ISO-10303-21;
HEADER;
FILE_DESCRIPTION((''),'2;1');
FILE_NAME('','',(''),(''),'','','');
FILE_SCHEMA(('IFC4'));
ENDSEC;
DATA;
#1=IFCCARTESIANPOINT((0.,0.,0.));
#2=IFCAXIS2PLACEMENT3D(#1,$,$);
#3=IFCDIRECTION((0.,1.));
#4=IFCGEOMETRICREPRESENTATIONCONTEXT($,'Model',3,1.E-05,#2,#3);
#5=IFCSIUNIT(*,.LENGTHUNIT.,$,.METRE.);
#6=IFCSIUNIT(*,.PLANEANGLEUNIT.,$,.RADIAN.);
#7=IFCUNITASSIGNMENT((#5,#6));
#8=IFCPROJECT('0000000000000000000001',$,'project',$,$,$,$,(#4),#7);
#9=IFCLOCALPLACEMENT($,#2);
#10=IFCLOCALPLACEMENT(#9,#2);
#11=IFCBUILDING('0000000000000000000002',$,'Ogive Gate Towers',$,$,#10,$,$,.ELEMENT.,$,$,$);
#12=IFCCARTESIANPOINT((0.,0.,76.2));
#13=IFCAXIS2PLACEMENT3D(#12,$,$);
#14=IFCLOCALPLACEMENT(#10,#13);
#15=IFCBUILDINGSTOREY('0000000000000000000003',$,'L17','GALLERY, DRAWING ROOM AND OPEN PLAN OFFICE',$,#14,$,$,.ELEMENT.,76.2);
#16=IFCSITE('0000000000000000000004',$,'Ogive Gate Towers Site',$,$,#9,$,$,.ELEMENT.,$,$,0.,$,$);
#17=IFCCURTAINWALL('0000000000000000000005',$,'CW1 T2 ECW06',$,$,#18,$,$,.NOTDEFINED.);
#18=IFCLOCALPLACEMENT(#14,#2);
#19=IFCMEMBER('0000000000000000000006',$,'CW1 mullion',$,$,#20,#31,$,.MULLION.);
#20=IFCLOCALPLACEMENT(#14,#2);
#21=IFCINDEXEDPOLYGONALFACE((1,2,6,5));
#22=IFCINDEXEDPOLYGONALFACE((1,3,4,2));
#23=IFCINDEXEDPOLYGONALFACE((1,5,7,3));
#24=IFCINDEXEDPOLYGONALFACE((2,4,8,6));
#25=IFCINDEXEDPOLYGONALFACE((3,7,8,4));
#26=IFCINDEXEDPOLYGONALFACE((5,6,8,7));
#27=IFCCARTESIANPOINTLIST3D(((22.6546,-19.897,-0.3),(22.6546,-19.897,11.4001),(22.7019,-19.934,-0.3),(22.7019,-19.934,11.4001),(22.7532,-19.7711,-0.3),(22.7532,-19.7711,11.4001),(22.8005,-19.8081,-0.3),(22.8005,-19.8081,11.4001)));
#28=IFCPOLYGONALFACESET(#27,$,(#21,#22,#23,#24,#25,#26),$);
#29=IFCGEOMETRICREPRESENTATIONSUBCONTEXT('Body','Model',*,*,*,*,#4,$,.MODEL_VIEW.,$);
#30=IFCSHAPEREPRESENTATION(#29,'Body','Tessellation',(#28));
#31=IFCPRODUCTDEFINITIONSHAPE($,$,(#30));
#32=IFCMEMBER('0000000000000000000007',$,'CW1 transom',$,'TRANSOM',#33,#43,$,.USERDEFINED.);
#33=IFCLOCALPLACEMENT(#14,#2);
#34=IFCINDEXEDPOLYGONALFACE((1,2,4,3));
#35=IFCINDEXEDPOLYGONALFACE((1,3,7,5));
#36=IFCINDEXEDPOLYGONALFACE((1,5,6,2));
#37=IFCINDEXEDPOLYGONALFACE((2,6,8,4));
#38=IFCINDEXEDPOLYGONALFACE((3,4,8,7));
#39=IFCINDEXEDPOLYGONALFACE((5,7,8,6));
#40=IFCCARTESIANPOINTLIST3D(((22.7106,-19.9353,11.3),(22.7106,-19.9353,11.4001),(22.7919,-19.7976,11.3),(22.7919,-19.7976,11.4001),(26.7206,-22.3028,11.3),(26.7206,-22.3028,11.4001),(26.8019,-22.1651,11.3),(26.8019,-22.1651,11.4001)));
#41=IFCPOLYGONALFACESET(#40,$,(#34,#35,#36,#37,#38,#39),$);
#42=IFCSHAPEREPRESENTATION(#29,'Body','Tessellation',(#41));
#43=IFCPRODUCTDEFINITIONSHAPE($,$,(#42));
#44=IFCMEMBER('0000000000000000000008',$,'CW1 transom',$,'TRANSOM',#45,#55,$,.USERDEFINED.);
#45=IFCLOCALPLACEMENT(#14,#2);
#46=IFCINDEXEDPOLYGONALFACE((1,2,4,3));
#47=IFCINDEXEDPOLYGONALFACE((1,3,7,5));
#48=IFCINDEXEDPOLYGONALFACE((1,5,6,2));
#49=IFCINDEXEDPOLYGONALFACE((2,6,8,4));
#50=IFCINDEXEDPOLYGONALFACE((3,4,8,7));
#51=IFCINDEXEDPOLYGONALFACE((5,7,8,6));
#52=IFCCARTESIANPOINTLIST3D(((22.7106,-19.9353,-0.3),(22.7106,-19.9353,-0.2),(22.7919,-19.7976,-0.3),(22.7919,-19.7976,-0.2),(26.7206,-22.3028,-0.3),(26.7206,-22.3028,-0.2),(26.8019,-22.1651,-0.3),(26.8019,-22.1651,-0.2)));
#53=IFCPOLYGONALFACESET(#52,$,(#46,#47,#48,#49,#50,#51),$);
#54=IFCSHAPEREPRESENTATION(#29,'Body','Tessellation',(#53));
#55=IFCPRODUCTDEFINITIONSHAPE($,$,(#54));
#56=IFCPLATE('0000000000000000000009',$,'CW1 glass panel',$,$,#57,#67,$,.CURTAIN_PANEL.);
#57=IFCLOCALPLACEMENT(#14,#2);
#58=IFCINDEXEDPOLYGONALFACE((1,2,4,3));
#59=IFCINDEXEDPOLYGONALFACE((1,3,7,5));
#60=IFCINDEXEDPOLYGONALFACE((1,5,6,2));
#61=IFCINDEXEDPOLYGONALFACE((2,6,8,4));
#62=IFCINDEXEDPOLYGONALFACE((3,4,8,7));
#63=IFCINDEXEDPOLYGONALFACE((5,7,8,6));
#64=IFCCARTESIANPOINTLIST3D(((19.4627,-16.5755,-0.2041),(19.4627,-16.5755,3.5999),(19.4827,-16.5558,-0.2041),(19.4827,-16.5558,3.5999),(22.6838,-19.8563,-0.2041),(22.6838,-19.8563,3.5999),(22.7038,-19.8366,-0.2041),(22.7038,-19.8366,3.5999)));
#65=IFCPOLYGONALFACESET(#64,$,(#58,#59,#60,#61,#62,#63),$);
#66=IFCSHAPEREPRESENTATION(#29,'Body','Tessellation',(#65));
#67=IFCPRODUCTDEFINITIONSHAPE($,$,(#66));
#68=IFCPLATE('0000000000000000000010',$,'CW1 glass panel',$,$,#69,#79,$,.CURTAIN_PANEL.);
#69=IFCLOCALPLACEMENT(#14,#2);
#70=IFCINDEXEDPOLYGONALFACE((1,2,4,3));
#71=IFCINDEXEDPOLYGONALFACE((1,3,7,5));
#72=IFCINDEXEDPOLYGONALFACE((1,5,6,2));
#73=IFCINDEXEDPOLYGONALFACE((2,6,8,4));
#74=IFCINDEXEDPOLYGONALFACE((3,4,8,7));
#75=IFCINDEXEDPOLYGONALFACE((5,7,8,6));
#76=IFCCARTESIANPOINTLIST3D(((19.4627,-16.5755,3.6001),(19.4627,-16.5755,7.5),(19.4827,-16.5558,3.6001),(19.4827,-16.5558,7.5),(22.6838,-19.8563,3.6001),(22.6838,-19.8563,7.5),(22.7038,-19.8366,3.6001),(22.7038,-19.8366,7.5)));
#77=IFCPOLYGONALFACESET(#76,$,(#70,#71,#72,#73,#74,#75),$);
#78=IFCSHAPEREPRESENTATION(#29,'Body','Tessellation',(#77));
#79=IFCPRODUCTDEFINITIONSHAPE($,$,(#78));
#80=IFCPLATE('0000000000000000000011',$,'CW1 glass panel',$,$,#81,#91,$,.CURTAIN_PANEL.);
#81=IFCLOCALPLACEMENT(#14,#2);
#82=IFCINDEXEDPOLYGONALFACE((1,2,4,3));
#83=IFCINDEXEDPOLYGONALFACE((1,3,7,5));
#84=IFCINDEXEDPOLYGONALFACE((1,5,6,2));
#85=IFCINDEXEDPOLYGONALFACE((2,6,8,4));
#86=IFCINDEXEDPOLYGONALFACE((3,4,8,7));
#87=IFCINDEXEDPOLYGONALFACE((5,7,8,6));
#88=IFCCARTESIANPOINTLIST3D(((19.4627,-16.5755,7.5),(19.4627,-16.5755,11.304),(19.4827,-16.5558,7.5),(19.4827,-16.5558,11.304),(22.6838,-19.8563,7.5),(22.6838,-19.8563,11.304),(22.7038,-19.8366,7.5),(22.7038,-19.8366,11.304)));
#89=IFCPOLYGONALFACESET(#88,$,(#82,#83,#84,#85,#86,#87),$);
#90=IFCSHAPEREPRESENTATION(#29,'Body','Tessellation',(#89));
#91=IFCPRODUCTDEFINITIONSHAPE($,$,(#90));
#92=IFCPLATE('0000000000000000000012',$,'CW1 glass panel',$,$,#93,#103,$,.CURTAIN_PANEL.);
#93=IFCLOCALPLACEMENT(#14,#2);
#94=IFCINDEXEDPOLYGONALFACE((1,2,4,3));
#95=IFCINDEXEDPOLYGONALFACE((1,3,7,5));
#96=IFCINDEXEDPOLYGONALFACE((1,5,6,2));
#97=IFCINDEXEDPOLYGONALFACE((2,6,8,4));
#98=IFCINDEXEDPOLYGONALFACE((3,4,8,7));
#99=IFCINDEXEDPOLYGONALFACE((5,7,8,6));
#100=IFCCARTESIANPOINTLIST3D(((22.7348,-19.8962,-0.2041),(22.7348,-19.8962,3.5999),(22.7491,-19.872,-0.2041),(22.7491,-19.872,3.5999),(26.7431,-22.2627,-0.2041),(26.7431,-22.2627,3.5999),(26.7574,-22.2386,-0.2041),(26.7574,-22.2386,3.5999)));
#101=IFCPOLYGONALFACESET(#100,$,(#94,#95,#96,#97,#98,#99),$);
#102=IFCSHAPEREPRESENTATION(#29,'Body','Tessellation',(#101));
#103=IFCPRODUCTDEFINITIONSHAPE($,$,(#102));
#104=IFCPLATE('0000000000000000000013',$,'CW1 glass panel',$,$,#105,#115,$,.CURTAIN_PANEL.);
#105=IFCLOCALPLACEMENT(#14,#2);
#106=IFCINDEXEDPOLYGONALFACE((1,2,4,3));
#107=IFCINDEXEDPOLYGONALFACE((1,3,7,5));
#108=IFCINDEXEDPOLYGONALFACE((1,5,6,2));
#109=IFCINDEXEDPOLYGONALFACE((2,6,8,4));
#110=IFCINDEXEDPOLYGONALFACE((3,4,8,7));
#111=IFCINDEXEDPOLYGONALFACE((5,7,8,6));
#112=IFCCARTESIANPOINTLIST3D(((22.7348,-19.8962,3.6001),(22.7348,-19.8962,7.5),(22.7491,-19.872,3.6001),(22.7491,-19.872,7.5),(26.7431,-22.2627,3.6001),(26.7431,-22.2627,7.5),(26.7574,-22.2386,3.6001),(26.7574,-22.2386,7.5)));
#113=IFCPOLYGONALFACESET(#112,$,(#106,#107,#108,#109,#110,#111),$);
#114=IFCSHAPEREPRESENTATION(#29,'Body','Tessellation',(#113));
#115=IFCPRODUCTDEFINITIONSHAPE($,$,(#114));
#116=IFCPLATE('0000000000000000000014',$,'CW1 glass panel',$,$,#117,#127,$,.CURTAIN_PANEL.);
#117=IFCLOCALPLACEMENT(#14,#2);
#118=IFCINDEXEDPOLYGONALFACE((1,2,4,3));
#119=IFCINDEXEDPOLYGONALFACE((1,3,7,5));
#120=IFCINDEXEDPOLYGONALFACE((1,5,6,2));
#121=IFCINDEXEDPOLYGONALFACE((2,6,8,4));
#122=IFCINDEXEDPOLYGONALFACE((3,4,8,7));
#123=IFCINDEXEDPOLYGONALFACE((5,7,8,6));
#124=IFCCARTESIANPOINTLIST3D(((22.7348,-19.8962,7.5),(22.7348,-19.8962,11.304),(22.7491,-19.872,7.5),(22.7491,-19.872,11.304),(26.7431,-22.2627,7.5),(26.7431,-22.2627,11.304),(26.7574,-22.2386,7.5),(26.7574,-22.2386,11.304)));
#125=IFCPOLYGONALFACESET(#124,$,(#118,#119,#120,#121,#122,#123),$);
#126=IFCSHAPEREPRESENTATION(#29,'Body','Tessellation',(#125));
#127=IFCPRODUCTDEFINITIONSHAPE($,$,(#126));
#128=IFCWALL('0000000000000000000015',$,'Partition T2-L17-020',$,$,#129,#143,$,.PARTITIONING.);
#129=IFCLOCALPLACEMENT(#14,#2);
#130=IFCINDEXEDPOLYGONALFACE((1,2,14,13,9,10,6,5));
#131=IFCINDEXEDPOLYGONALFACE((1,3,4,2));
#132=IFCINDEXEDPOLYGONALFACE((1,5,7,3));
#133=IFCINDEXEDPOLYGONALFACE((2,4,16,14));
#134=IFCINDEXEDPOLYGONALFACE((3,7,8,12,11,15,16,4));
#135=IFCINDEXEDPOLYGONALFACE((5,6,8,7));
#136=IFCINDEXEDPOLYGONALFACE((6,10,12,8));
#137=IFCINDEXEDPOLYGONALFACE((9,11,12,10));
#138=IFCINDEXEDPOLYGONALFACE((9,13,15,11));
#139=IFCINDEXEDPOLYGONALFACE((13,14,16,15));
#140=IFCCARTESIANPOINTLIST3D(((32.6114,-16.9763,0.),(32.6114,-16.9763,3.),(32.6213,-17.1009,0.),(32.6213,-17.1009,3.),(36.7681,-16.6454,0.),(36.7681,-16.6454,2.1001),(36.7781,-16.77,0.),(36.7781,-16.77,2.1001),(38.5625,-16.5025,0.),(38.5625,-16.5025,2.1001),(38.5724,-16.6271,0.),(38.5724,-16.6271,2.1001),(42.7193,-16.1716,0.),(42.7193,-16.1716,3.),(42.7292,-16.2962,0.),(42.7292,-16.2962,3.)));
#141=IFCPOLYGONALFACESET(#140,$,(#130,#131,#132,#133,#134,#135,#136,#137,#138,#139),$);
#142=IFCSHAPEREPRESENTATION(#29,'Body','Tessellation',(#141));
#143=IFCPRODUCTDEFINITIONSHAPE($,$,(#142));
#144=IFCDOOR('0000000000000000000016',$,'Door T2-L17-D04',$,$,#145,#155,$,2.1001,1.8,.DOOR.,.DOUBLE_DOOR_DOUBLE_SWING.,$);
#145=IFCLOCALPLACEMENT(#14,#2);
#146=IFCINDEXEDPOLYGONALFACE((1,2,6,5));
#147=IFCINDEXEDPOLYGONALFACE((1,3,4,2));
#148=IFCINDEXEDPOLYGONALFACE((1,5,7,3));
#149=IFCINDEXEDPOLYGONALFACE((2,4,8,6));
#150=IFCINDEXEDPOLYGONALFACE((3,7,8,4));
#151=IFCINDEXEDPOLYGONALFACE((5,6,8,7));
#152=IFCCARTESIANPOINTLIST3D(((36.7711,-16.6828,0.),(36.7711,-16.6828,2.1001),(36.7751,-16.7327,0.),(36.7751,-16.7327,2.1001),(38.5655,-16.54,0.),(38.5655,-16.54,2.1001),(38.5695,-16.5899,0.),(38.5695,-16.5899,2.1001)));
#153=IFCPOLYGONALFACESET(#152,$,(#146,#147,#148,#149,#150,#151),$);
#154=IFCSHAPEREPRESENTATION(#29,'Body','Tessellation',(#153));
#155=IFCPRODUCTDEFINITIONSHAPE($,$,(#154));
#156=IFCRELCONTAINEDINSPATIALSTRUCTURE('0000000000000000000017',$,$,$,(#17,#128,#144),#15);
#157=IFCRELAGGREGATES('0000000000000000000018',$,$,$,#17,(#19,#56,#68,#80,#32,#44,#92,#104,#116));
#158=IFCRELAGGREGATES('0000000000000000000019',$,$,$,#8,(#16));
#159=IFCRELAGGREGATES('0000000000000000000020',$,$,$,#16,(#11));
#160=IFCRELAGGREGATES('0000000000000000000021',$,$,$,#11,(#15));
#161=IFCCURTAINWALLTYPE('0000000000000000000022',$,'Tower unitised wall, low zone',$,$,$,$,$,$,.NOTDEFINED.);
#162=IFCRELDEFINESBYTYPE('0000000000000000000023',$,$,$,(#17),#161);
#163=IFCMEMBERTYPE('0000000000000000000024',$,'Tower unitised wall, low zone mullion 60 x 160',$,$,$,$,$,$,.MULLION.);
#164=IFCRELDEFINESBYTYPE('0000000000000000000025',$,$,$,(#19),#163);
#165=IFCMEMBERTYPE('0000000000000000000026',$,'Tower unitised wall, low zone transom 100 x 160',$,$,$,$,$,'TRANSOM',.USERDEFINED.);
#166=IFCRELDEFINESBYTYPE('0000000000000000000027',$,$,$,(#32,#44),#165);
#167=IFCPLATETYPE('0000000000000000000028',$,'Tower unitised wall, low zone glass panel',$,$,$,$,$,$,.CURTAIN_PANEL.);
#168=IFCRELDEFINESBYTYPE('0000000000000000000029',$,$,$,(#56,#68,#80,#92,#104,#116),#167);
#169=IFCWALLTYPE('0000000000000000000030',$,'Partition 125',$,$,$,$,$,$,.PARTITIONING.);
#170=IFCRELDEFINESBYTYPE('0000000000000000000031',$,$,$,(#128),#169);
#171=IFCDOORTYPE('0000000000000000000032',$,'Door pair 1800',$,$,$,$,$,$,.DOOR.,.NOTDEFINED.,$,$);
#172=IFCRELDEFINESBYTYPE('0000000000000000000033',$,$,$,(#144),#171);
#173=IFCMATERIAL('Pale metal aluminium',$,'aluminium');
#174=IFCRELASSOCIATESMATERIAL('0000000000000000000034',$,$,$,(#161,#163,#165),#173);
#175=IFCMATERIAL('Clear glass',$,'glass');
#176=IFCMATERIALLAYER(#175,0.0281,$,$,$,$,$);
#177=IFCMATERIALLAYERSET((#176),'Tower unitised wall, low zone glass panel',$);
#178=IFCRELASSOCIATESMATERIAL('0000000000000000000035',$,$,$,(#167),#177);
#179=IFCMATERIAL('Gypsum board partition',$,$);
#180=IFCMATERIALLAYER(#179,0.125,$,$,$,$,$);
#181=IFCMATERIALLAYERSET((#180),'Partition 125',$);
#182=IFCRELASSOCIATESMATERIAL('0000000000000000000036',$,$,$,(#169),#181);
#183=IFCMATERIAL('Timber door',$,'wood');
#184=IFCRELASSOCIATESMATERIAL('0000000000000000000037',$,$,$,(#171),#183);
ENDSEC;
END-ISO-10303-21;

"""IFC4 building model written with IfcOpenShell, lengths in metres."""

from ifc_helpers import new_model, si_unit, direction, frame, frame_2d, origin, origin_2d, place, context, subcontext, project, spatial, rectangle, extrude, material, layer, layer_set, material_profile, profile_set, type_object, element, fill, aggregate, save


model = new_model("IFC4")

# Units and contexts
model_context = context("Model", 3, precision=1e-05, world=origin(), true_north=direction((0.0, 1.0)))
body_context = subcontext(model_context, "Body", "Model", "MODEL_VIEW")
ifc_project = project(units=[si_unit("LENGTHUNIT", "METRE"), si_unit("PLANEANGLEUNIT", "RADIAN")], contexts=[model_context])

# Site, building, storey
site_placement = place(None, origin())
site = spatial("IfcSite", under=ifc_project, at=site_placement, Name="Ogive Gate Towers Site", CompositionType="ELEMENT", RefElevation=0.0)
building_placement = place(site_placement, origin())
building = spatial("IfcBuilding", under=site, at=building_placement, Name="Ogive Gate Towers", CompositionType="ELEMENT")
storey_placement = place(building_placement, frame((0.0, 0.0, 76.2)))
storey = spatial("IfcBuildingStorey", under=building, at=storey_placement, Name="L17", Description="GALLERY, DRAWING ROOM AND OPEN PLAN OFFICE", CompositionType="ELEMENT", Elevation=76.2)

# Curtain wall, members, plates
ifc_material_1 = material(Name="Pale metal aluminium", Category="aluminium")
curtain_wall_type = type_object("IfcCurtainWallType", Name="Tower unitised wall, low zone", PredefinedType="NOTDEFINED", material=ifc_material_1)
curtain_wall_placement = place(storey_placement, origin())
curtain_wall = element("IfcCurtainWall", 1, at=curtain_wall_placement, inside=storey, type_object=curtain_wall_type, Name="CW1 T2 ECW06", PredefinedType="NOTDEFINED")
ifc_material_profile_1 = material_profile(ifc_material_1, rectangle(XDim=0.1599, YDim=0.0601, at=origin_2d()), Name="60 x 160 aluminium box")
ifc_profile_set_1 = profile_set([ifc_material_profile_1], Name="Pale metal aluminium")
member_type_1 = type_object("IfcMemberType", Name="Tower unitised wall, low zone mullion 60 x 160", PredefinedType="MULLION", material=ifc_profile_set_1)
member_1_placement = place(storey_placement, frame((22.7275, -19.8525, -0.3), z_axis=(0.0, 0.0, 1.0), x_axis=(-0.616239, -0.787559, 0.0)))
member_1 = element("IfcMember", 2, at=member_1_placement, type_object=member_type_1, Name="CW1 mullion", PredefinedType="MULLION", context=body_context, shape_type="SweptSolid", body=[
    extrude(rectangle(XDim=0.1599, YDim=0.0601, at=origin_2d()), origin(), (0.0, 0.0, 1.0), 11.7002),
])
ifc_material_profile_2 = material_profile(ifc_material_1, rectangle(XDim=0.1599, YDim=0.1001, at=origin_2d()), Name="100 x 160 aluminium box")
ifc_profile_set_2 = profile_set([ifc_material_profile_2], Name="Pale metal aluminium")
member_type_2 = type_object("IfcMemberType", Name="Tower unitised wall, low zone transom 100 x 160", ElementType="TRANSOM", PredefinedType="USERDEFINED", material=ifc_profile_set_2)
member_2_placement = place(storey_placement, frame((22.7512, -19.8665, 11.3501), z_axis=(0.861126, -0.508392, 0.0), x_axis=(0.508392, 0.861126, 0.0)))
member_2 = element("IfcMember", 3, at=member_2_placement, type_object=member_type_2, Name="CW1 transom", ObjectType="TRANSOM", PredefinedType="USERDEFINED", context=body_context, shape_type="SweptSolid", body=[
    extrude(rectangle(XDim=0.1599, YDim=0.1001, at=origin_2d()), origin(), (0.0, 0.0, 1.0), 4.6567),
])
member_3_placement = place(storey_placement, frame((22.7512, -19.8665, -0.25), z_axis=(0.861126, -0.508392, 0.0), x_axis=(0.508392, 0.861126, 0.0)))
member_3 = element("IfcMember", 4, at=member_3_placement, type_object=member_type_2, Name="CW1 transom", ObjectType="TRANSOM", PredefinedType="USERDEFINED", context=body_context, shape_type="SweptSolid", body=[
    extrude(rectangle(XDim=0.1599, YDim=0.1001, at=origin_2d()), origin(), (0.0, 0.0, 1.0), 4.6567),
])
ifc_material_2 = material(Name="Clear glass", Category="glass")
ifc_layer_1 = layer(ifc_material_2, 0.0281)
ifc_layer_set_1 = layer_set([ifc_layer_1], Name="Tower unitised wall, low zone glass panel")
plate_type = type_object("IfcPlateType", Name="Tower unitised wall, low zone glass panel", PredefinedType="CURTAIN_PANEL", material=ifc_layer_set_1)
plate_1_placement = place(storey_placement, frame((21.0833, -18.2061, -0.2041), z_axis=(0.0, 0.0, 1.0), x_axis=(0.700586, -0.713568, 0.0)))
plate_1 = element("IfcPlate", 5, at=plate_1_placement, type_object=plate_type, Name="CW1 glass panel", PredefinedType="CURTAIN_PANEL", context=body_context, shape_type="SweptSolid", body=[
    extrude(rectangle(XDim=4.5977, YDim=0.0281, at=origin_2d()), origin(), (0.0, 0.0, 1.0), 3.804),
])
plate_2_placement = place(storey_placement, frame((21.0833, -18.2061, 3.6001), z_axis=(0.0, 0.0, 1.0), x_axis=(0.700586, -0.713568, 0.0)))
plate_2 = element("IfcPlate", 6, at=plate_2_placement, type_object=plate_type, Name="CW1 glass panel", PredefinedType="CURTAIN_PANEL", context=body_context, shape_type="SweptSolid", body=[
    extrude(rectangle(XDim=4.5977, YDim=0.0281, at=origin_2d()), origin(), (0.0, 0.0, 1.0), 3.8999),
])
plate_3_placement = place(storey_placement, frame((21.0833, -18.2061, 7.5), z_axis=(0.0, 0.0, 1.0), x_axis=(0.700586, -0.713568, 0.0)))
plate_3 = element("IfcPlate", 7, at=plate_3_placement, type_object=plate_type, Name="CW1 glass panel", PredefinedType="CURTAIN_PANEL", context=body_context, shape_type="SweptSolid", body=[
    extrude(rectangle(XDim=4.5977, YDim=0.0281, at=origin_2d()), origin(), (0.0, 0.0, 1.0), 3.804),
])
plate_4_placement = place(storey_placement, frame((24.7461, -21.0674, -0.2041), z_axis=(0.0, 0.0, 1.0), x_axis=(0.861115, -0.50841, 0.0)))
plate_4 = element("IfcPlate", 8, at=plate_4_placement, type_object=plate_type, Name="CW1 glass panel", PredefinedType="CURTAIN_PANEL", context=body_context, shape_type="SweptSolid", body=[
    extrude(rectangle(XDim=4.6548, YDim=0.0281, at=origin_2d()), origin(), (0.0, 0.0, 1.0), 3.804),
])
plate_5_placement = place(storey_placement, frame((24.7461, -21.0674, 3.6001), z_axis=(0.0, 0.0, 1.0), x_axis=(0.861115, -0.50841, 0.0)))
plate_5 = element("IfcPlate", 9, at=plate_5_placement, type_object=plate_type, Name="CW1 glass panel", PredefinedType="CURTAIN_PANEL", context=body_context, shape_type="SweptSolid", body=[
    extrude(rectangle(XDim=4.6548, YDim=0.0281, at=origin_2d()), origin(), (0.0, 0.0, 1.0), 3.8999),
])
plate_6_placement = place(storey_placement, frame((24.7461, -21.0674, 7.5), z_axis=(0.0, 0.0, 1.0), x_axis=(0.861115, -0.50841, 0.0)))
plate_6 = element("IfcPlate", 10, at=plate_6_placement, type_object=plate_type, Name="CW1 glass panel", PredefinedType="CURTAIN_PANEL", context=body_context, shape_type="SweptSolid", body=[
    extrude(rectangle(XDim=4.6548, YDim=0.0281, at=origin_2d()), origin(), (0.0, 0.0, 1.0), 3.804),
])
aggregate(curtain_wall, [member_1, plate_1, plate_2, plate_3, member_2, member_3, plate_4, plate_5, plate_6])

# Wall, opening, door
ifc_material_3 = material(Name="Gypsum board partition")
ifc_layer_2 = layer(ifc_material_3, 0.125)
ifc_layer_set_2 = layer_set([ifc_layer_2], Name="Partition 125")
wall_type = type_object("IfcWallType", Name="Partition 125", PredefinedType="PARTITIONING", material=ifc_layer_set_2)
wall_placement = place(storey_placement, frame((32.6165, -17.0386, 0.0), z_axis=(0.0, 0.0, 1.0), x_axis=(0.996846, 0.079359, 0.0)))
wall = element("IfcWall", 11, at=wall_placement, inside=storey, type_object=wall_type, Name="Partition T2-L17-020", PredefinedType="PARTITIONING", context=body_context, shape_type="SweptSolid", body=[
    extrude(rectangle(XDim=10.1399, YDim=0.125, at=frame_2d((5.0698, 0.0))), origin(), (0.0, 0.0, 1.0), 3.0),
])
opening_placement = place(wall_placement, frame((4.1699, 0.0, 0.0)))
opening = element("IfcOpeningElement", 12, at=opening_placement, cuts=wall, PredefinedType="OPENING", context=body_context, shape_type="SweptSolid", body=[
    extrude(rectangle(XDim=1.8, YDim=2.1001, at=frame_2d((0.8999, 1.05))), frame((0.0, 0.0725, 0.0), z_axis=(0.0, -1.0, 0.0), x_axis=(1.0, 0.0, 0.0)), (0.0, 0.0, 1.0), 0.145),
])
ifc_material_4 = material(Name="Timber door", Category="wood")
door_type = type_object("IfcDoorType", Name="Door pair 1800", OperationType="NOTDEFINED", PredefinedType="DOOR", material=ifc_material_4)
door_placement = place(opening_placement, origin())
door = element("IfcDoor", 13, at=door_placement, inside=storey, type_object=door_type, Name="Door T2-L17-D04", OperationType="DOUBLE_DOOR_DOUBLE_SWING", OverallHeight=2.1001, OverallWidth=1.8, PredefinedType="DOOR", context=body_context, shape_type="SweptSolid", body=[
    extrude(rectangle(XDim=1.8, YDim=2.1001, at=frame_2d((0.8999, 1.05))), frame((0.0, 0.0249, 0.0), z_axis=(0.0, -1.0, 0.0), x_axis=(1.0, 0.0, 0.0)), (0.0, 0.0, 1.0), 0.05),
])
fill(opening, door)

save(model, "model.ifc")
